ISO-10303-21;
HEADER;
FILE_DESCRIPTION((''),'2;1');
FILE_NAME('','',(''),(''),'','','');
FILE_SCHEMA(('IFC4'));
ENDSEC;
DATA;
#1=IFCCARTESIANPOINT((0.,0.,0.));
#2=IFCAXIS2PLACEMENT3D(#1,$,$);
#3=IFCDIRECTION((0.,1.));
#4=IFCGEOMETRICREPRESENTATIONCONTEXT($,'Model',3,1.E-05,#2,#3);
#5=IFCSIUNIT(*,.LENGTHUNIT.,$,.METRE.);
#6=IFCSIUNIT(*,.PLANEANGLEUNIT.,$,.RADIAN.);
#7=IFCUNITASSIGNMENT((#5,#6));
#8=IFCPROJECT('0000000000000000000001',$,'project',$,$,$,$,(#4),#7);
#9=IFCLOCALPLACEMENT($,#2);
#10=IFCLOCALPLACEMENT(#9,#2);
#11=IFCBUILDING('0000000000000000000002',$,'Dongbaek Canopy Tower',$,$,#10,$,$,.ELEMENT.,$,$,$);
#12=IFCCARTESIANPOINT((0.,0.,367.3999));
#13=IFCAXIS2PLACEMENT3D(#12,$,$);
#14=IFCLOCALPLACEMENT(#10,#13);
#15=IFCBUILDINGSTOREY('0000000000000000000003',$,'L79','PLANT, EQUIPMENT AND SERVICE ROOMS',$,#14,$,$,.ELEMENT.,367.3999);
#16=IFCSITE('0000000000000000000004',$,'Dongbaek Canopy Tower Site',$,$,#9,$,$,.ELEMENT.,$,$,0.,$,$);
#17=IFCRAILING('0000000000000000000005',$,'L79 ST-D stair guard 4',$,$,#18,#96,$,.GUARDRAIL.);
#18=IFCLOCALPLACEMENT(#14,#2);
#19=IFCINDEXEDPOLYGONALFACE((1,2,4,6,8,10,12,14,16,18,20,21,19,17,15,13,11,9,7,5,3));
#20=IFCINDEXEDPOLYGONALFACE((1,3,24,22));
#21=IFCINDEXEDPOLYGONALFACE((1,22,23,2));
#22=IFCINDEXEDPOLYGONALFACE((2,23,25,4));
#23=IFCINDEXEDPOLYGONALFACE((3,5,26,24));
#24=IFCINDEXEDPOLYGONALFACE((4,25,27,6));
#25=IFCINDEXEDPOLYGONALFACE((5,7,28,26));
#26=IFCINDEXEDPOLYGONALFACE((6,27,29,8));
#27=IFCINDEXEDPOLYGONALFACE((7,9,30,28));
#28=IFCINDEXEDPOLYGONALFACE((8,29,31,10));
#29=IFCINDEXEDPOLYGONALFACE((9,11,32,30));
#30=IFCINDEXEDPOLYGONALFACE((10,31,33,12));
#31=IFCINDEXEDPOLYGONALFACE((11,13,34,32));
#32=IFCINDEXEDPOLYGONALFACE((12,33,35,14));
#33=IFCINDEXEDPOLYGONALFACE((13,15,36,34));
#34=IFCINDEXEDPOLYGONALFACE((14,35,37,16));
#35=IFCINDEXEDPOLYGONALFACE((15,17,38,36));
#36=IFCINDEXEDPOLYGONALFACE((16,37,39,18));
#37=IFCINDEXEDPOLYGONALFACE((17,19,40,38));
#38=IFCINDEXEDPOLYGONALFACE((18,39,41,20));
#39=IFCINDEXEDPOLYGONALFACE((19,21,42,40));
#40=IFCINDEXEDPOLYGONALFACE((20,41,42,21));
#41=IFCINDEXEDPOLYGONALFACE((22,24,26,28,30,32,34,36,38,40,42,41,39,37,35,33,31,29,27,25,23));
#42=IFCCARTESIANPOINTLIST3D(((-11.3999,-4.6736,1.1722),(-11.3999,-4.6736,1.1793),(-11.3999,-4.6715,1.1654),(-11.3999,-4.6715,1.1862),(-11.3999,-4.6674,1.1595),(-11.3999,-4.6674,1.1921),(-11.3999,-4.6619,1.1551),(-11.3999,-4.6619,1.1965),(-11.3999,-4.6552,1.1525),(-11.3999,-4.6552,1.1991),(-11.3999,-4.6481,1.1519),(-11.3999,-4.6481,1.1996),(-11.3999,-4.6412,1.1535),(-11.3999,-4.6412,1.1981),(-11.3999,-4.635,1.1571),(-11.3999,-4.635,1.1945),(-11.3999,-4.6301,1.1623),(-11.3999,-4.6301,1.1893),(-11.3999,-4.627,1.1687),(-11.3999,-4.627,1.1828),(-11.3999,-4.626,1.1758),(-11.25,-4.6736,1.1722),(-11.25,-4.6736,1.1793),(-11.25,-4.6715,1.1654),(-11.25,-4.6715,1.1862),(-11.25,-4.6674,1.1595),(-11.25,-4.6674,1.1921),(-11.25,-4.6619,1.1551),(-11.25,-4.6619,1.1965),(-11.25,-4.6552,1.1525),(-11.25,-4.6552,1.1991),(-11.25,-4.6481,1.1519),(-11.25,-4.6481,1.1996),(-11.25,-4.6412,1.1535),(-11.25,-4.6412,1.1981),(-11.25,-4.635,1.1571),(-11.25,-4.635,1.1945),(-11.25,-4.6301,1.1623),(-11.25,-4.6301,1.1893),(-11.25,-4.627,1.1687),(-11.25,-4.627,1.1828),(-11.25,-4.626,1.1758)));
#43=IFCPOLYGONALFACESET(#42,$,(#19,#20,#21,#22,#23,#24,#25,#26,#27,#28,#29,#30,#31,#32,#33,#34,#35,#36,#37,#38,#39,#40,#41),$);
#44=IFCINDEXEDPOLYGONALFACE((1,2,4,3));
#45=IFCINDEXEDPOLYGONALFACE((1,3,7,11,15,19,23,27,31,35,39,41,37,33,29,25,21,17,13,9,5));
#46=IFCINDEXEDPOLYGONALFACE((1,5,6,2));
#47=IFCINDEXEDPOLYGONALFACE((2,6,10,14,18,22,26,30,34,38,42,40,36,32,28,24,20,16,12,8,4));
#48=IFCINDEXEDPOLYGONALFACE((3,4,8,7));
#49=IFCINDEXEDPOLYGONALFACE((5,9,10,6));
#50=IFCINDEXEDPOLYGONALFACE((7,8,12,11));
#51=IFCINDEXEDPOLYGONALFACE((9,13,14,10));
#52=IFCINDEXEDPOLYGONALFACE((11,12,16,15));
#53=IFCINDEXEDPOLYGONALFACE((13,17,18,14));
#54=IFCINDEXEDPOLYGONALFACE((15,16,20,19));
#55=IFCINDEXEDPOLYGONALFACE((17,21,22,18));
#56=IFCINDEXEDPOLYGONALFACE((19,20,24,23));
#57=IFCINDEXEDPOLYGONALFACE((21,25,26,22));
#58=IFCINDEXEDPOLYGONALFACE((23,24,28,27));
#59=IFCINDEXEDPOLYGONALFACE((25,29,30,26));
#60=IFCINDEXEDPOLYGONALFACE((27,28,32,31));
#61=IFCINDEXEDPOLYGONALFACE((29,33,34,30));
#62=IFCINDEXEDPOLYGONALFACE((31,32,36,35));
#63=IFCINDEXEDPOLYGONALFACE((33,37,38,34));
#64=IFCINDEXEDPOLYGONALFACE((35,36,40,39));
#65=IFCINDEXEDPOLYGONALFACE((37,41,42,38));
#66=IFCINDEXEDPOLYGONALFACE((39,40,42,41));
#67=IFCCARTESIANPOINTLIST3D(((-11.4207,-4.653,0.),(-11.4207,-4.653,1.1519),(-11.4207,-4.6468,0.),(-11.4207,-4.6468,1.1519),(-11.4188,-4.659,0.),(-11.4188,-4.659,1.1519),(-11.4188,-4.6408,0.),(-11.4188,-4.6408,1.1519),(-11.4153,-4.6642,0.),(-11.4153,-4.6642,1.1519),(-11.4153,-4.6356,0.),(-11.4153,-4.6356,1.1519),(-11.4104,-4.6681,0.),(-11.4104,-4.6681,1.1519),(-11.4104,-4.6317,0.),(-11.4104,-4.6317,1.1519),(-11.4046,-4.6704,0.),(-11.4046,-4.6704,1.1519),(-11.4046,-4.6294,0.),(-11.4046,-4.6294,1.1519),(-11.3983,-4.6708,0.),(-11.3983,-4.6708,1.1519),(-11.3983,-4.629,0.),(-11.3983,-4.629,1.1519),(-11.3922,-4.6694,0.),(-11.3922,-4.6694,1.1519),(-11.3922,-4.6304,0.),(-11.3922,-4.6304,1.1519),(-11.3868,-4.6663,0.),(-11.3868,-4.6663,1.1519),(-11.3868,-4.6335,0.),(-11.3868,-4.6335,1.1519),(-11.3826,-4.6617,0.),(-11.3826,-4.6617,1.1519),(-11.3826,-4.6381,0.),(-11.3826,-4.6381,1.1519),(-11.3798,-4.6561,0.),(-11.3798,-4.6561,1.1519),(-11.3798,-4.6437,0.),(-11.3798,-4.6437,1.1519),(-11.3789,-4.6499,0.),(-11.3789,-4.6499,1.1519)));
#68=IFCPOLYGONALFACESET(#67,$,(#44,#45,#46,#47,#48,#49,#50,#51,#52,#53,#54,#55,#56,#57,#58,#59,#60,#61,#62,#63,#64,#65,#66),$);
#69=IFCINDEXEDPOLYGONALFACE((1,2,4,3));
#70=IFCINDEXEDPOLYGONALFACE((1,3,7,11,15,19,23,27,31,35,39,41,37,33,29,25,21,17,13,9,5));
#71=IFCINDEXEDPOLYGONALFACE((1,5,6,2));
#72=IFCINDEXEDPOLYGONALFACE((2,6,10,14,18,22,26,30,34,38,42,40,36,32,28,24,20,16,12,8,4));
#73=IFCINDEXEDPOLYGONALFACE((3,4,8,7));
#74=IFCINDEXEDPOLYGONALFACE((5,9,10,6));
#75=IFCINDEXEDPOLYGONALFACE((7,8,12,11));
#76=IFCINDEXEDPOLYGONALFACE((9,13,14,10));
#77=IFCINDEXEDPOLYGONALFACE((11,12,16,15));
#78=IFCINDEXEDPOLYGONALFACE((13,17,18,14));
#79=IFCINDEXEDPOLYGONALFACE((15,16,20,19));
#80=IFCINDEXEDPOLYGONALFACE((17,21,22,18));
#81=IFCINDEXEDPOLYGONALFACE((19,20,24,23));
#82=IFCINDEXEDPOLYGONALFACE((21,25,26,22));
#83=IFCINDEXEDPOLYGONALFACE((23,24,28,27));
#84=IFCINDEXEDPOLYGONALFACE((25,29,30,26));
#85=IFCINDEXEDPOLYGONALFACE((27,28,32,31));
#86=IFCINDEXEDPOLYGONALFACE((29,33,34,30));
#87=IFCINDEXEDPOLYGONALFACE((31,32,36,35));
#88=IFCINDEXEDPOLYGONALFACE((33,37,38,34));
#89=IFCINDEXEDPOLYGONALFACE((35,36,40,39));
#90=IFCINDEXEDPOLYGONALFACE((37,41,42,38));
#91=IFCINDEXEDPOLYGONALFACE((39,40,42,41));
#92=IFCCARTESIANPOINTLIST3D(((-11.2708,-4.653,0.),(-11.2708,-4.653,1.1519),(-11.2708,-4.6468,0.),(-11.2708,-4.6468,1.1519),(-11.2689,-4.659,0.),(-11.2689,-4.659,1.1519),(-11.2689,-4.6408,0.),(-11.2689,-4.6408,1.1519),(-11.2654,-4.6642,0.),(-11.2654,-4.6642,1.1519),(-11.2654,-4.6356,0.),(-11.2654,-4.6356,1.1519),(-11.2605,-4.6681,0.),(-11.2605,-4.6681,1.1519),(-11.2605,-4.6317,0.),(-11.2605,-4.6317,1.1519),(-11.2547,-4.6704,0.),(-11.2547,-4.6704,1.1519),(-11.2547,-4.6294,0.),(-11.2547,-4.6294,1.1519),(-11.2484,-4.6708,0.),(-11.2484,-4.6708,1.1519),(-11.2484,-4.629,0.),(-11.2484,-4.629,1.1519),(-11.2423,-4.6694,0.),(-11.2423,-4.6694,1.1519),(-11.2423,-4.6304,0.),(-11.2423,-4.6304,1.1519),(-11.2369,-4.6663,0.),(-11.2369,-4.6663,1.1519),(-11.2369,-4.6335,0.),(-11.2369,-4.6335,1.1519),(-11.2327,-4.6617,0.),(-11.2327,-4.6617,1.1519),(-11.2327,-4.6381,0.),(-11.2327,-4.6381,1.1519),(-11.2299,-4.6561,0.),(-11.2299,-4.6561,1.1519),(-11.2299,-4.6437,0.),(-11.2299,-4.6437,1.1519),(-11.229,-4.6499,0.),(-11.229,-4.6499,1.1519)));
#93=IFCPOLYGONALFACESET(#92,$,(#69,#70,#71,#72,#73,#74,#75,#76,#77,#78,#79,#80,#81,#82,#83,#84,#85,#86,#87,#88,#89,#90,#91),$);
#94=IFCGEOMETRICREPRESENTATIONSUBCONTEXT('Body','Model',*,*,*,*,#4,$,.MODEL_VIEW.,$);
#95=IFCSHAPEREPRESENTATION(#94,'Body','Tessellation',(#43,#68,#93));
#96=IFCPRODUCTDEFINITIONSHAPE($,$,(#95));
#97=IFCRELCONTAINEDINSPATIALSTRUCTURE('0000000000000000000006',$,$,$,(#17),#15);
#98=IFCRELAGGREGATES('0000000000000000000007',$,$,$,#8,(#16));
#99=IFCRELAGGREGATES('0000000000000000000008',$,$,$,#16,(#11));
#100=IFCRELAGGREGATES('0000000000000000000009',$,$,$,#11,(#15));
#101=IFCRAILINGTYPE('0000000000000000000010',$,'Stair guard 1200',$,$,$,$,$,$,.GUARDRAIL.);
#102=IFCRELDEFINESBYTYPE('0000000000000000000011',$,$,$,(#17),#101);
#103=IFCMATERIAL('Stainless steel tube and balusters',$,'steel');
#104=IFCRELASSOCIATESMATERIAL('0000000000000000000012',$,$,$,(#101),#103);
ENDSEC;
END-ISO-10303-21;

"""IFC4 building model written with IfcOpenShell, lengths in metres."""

from ifc_helpers import new_model, si_unit, direction, frame, origin, origin_2d, place, context, subcontext, project, spatial, circle, extrude, material, type_object, element, save


model = new_model("IFC4")

# Units and contexts
model_context = context("Model", 3, precision=1e-05, world=origin(), true_north=direction((0.0, 1.0)))
body_context = subcontext(model_context, "Body", "Model", "MODEL_VIEW")
ifc_project = project(units=[si_unit("LENGTHUNIT", "METRE"), si_unit("PLANEANGLEUNIT", "RADIAN")], contexts=[model_context])

# Site, building, storey
site_placement = place(None, origin())
site = spatial("IfcSite", under=ifc_project, at=site_placement, Name="Dongbaek Canopy Tower Site", CompositionType="ELEMENT", RefElevation=0.0)
building_placement = place(site_placement, origin())
building = spatial("IfcBuilding", under=site, at=building_placement, Name="Dongbaek Canopy Tower", CompositionType="ELEMENT")
storey_placement = place(building_placement, frame((0.0, 0.0, 367.3999)))
storey = spatial("IfcBuildingStorey", under=building, at=storey_placement, Name="L79", Description="PLANT, EQUIPMENT AND SERVICE ROOMS", CompositionType="ELEMENT", Elevation=367.3999)

# Railing
ifc_material_1 = material(Name="Stainless steel tube and balusters", Category="steel")
railing_type_1 = type_object("IfcRailingType", Name="Stair guard 1200", PredefinedType="GUARDRAIL", material=ifc_material_1)
railing_1_placement = place(storey_placement, frame((-11.3999, -4.6499, 0.0)))
element("IfcRailing", 1, at=railing_1_placement, inside=storey, type_object=railing_type_1, Name="L79 ST-D stair guard 4", PredefinedType="GUARDRAIL", context=body_context, shape_type="SweptSolid", body=[
    extrude(circle(Radius=0.0239, at=origin_2d()), frame((0.0, 0.0, 1.1758), z_axis=(1.0, 0.0, 0.0), x_axis=(0.0, 1.0, 0.0)), (0.0, 0.0, 1.0), 0.1499),
    extrude(circle(Radius=0.021, at=origin_2d()), origin(), (0.0, 0.0, 1.0), 1.1519),
    extrude(circle(Radius=0.021, at=origin_2d()), frame((0.1499, 0.0, 0.0)), (0.0, 0.0, 1.0), 1.1519),
])

save(model, "model.ifc")
